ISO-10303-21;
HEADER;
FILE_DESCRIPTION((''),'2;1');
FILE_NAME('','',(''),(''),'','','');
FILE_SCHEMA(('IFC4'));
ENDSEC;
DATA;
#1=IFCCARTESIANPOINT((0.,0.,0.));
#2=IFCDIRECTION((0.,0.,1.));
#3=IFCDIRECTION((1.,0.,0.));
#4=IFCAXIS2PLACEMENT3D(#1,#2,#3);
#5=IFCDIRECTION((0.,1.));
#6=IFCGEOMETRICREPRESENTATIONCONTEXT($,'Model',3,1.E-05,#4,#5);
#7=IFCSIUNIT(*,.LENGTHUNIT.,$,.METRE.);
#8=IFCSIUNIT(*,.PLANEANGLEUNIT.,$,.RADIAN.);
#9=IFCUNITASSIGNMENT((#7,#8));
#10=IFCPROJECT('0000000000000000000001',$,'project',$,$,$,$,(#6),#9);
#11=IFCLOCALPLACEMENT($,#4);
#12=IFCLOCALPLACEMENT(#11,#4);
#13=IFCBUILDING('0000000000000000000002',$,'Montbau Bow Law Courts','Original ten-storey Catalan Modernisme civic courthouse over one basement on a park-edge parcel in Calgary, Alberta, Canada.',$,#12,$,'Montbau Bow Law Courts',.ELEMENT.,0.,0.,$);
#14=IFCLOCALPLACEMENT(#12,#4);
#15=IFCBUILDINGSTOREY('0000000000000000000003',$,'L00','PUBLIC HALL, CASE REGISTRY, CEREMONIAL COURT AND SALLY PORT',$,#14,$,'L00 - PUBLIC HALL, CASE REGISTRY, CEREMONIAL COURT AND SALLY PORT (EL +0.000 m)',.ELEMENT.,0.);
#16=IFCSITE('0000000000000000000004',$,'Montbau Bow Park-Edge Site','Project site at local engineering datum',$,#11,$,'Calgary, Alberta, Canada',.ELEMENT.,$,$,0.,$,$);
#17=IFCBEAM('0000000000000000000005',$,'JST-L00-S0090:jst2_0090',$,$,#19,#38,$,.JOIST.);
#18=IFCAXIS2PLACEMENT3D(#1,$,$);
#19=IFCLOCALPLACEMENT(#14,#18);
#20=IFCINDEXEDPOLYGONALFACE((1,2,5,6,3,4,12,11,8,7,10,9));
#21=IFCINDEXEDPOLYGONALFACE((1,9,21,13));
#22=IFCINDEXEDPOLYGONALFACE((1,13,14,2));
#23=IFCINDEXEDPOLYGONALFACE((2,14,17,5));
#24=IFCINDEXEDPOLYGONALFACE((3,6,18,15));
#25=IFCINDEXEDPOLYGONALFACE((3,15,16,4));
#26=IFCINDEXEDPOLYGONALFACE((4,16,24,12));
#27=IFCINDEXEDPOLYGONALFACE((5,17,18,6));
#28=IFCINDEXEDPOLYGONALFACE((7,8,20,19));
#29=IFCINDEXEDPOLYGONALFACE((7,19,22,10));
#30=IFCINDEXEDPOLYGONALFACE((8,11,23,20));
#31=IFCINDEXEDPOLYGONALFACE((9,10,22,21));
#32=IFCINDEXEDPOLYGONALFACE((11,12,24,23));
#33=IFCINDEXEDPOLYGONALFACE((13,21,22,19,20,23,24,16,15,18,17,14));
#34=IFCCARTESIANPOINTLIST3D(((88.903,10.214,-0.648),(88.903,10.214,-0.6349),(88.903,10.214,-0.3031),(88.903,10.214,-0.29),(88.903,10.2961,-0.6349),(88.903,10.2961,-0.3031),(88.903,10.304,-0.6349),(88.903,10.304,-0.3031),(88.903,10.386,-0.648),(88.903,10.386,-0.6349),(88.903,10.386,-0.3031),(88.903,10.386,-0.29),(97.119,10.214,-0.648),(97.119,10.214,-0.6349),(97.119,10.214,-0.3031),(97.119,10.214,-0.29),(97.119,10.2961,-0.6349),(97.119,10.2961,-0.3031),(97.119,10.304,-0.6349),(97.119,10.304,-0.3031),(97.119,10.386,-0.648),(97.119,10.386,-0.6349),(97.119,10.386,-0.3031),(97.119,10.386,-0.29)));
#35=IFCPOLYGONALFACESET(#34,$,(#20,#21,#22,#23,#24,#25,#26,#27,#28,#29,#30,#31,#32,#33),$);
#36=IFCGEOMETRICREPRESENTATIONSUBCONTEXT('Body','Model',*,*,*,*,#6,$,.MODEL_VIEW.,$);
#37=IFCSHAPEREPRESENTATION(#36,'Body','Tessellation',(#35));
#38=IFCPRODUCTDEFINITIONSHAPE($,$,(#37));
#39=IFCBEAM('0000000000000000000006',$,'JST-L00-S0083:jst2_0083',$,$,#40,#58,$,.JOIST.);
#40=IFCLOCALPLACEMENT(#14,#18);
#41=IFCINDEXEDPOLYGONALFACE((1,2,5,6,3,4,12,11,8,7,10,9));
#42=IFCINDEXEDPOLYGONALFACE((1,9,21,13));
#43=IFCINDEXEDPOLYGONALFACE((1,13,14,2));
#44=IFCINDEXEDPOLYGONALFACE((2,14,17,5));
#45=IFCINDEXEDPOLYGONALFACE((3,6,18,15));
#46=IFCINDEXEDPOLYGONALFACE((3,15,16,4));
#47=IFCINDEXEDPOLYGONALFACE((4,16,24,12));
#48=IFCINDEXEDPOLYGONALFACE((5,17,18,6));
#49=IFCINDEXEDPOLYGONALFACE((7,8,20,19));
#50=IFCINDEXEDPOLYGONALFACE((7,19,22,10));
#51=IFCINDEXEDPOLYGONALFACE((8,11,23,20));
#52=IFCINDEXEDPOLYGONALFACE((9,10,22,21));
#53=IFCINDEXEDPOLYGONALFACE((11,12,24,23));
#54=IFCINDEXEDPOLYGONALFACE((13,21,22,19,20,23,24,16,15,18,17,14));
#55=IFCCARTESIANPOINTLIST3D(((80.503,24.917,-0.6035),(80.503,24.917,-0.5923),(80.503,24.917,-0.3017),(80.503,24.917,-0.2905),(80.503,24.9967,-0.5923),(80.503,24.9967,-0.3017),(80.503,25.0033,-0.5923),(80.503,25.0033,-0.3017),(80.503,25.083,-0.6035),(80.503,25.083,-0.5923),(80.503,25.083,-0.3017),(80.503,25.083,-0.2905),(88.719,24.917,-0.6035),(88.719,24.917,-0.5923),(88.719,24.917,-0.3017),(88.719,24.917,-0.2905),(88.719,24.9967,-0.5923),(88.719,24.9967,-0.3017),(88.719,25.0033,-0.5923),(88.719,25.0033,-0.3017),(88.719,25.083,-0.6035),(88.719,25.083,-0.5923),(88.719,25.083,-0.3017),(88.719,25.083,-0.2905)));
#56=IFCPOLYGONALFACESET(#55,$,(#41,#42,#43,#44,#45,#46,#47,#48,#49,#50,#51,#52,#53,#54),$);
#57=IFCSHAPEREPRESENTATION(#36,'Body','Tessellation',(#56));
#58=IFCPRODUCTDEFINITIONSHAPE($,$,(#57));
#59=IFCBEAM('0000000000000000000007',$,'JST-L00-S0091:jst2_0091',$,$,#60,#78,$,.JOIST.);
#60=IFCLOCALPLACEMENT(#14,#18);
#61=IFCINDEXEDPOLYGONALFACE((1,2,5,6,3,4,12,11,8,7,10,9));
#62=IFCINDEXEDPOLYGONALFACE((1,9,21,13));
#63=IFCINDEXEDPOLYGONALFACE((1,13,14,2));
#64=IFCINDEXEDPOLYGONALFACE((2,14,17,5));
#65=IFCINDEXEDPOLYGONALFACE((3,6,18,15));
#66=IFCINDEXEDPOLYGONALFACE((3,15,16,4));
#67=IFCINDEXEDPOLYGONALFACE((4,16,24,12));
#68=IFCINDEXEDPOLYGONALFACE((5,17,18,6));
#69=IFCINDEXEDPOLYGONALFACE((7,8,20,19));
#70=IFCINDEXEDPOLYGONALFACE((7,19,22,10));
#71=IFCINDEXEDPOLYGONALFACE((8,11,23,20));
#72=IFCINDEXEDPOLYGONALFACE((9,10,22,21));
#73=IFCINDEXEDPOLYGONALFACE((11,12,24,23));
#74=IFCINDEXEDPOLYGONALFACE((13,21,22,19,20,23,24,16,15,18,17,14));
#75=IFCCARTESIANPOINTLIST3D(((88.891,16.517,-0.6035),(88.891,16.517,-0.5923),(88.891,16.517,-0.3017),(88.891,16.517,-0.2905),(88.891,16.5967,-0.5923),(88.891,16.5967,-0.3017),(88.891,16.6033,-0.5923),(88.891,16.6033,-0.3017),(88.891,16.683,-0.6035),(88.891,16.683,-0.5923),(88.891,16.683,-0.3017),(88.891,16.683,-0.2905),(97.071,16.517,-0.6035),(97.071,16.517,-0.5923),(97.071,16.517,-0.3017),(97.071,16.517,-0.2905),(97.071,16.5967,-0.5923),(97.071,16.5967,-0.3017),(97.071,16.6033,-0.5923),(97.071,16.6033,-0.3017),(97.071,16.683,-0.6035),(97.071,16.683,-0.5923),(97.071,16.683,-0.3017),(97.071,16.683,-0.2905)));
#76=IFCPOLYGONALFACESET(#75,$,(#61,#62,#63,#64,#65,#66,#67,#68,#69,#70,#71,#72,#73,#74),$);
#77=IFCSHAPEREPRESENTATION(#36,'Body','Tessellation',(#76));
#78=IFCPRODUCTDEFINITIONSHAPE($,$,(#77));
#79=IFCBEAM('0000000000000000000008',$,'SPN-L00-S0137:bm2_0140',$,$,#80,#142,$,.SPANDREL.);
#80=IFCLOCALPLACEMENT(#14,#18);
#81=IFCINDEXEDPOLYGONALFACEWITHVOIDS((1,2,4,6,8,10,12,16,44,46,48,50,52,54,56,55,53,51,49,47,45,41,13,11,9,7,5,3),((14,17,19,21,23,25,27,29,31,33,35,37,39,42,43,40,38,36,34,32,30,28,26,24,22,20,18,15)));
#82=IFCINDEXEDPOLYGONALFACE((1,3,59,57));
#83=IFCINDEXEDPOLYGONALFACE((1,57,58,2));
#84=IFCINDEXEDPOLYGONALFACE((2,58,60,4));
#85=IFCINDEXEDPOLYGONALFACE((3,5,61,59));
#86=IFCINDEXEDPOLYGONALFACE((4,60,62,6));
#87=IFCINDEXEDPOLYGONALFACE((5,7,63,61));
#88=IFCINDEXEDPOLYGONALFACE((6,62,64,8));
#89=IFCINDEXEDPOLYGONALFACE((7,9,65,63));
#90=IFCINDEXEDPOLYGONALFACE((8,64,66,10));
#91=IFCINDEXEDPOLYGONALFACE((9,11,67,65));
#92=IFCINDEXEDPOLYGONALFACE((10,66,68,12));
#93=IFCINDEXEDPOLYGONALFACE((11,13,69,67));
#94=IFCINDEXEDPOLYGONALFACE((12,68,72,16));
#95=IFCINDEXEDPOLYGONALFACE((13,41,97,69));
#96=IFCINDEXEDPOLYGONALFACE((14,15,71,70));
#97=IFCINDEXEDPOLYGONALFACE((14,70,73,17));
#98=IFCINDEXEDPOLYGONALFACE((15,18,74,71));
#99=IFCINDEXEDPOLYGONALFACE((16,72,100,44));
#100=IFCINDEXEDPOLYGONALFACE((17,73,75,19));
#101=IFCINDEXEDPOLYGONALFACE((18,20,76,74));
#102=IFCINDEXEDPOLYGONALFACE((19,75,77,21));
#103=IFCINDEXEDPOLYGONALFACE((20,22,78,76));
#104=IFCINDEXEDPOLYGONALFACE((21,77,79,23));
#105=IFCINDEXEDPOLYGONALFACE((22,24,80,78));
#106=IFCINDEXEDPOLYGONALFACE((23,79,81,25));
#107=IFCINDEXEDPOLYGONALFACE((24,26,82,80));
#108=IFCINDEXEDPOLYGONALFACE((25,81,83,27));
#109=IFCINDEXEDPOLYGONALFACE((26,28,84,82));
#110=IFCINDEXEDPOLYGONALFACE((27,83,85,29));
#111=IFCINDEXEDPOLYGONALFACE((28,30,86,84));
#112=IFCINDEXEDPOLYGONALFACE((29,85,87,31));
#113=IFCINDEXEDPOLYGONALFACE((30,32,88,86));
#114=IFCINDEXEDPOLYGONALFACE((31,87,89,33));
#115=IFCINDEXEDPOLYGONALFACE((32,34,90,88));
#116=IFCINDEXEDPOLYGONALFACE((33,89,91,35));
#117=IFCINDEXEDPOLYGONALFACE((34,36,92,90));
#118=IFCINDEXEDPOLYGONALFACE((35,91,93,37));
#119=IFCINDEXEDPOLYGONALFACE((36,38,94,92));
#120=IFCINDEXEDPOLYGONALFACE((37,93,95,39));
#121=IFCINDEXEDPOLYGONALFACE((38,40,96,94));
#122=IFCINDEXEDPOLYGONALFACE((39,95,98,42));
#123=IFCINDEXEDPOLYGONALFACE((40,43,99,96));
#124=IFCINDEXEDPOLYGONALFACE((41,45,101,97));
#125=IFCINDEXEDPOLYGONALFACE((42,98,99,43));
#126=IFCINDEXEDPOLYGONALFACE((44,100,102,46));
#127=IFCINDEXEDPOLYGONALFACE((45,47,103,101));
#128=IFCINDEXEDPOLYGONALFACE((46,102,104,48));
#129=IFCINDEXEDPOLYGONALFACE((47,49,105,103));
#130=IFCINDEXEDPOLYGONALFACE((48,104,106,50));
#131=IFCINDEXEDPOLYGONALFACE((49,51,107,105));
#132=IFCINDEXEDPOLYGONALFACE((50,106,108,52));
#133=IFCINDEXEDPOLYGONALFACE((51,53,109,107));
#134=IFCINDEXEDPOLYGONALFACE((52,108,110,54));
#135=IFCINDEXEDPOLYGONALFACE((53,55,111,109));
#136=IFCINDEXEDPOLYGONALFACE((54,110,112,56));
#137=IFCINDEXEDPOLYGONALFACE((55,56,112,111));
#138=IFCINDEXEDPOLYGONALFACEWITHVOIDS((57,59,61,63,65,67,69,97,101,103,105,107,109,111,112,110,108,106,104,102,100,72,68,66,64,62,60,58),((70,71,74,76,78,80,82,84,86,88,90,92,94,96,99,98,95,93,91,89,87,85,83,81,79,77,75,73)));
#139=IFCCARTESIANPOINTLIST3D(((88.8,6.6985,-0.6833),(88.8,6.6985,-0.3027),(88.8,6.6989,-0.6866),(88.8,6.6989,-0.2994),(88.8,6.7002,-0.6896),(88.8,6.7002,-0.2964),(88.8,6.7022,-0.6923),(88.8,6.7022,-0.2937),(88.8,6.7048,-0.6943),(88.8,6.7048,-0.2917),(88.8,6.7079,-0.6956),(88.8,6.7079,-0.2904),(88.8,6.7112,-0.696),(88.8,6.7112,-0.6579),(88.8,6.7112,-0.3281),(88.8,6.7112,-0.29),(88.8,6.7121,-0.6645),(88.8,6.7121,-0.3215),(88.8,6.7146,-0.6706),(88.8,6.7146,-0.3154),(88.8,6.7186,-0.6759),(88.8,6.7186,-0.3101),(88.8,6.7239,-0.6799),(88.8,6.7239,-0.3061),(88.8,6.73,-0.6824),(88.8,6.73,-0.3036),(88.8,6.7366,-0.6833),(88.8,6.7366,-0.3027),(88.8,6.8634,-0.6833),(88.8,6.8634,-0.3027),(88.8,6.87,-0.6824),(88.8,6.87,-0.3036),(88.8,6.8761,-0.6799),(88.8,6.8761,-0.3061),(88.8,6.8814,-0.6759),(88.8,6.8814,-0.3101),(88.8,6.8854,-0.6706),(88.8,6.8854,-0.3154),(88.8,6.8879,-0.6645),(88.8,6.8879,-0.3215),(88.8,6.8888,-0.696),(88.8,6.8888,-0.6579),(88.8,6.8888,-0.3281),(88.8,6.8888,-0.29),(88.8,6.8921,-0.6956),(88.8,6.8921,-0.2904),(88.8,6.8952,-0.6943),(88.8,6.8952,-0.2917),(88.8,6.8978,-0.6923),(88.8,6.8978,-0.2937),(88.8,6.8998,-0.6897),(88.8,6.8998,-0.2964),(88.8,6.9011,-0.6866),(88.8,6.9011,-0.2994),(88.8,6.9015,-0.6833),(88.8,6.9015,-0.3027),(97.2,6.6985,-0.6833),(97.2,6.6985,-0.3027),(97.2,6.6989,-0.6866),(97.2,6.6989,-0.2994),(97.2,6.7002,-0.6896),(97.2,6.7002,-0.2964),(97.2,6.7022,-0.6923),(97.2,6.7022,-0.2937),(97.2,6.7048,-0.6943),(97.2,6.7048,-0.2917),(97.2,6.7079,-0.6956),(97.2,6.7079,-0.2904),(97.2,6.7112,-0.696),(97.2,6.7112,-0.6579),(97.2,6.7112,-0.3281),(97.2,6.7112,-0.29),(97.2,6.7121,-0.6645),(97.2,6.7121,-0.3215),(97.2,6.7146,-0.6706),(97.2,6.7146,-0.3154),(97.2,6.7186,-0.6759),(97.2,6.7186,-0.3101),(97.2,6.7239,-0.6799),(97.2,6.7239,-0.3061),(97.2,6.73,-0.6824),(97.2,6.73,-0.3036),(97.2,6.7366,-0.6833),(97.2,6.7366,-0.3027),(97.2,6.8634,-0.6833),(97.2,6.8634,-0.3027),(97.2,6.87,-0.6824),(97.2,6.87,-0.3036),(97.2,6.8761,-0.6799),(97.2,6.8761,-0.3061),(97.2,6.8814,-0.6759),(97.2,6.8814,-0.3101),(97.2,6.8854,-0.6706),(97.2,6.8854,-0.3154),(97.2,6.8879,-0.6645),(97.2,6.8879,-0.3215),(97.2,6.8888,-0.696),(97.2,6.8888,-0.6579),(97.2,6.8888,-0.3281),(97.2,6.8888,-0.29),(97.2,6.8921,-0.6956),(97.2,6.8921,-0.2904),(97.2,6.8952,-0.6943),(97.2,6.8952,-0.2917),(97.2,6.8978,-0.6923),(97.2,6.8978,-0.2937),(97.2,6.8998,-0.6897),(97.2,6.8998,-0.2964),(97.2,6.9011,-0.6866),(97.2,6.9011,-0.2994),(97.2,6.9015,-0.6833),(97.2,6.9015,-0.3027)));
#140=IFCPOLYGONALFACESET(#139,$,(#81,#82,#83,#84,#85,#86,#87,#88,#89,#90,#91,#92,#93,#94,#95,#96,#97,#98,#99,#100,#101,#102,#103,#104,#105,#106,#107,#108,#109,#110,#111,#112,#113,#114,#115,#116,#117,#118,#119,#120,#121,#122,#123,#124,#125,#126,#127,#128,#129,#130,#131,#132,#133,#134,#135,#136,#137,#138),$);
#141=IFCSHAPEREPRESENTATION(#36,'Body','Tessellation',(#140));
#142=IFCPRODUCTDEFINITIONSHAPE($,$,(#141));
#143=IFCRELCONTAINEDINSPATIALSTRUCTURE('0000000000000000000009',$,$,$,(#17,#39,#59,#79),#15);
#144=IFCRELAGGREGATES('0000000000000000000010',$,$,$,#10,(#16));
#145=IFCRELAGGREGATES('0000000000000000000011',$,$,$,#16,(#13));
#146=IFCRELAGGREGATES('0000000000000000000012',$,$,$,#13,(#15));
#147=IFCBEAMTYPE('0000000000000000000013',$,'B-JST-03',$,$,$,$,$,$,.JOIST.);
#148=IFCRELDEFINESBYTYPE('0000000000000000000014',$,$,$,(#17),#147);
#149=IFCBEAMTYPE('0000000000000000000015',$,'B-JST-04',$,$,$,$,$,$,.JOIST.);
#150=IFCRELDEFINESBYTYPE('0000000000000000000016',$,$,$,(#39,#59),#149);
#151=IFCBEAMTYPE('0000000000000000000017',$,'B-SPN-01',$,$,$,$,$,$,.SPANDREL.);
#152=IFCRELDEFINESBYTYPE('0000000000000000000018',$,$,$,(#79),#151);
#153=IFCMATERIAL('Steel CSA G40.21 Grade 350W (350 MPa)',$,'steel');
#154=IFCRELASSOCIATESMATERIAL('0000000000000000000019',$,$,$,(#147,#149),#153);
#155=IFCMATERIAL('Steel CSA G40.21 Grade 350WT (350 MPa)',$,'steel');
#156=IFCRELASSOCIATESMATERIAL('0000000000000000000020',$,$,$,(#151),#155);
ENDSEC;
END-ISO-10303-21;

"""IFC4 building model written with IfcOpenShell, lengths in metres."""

from ifc_helpers import new_model, si_unit, direction, frame, origin_with_axes, origin_2d_with_axis, place, context, subcontext, project, spatial, hollow_rectangle, i_section, extrude, material, material_profile, profile_set, type_object, element, save


model = new_model("IFC4")

# Units and contexts
model_context = context("Model", 3, precision=1e-05, world=origin_with_axes(), true_north=direction((0.0, 1.0)))
body_context = subcontext(model_context, "Body", "Model", "MODEL_VIEW")
ifc_project = project(units=[si_unit("LENGTHUNIT", "METRE"), si_unit("PLANEANGLEUNIT", "RADIAN")], contexts=[model_context])

# Site, building, storey
site_placement = place(None, origin_with_axes())
site = spatial("IfcSite", under=ifc_project, at=site_placement, Name="Montbau Bow Park-Edge Site", Description="Project site at local engineering datum", LongName="Calgary, Alberta, Canada", CompositionType="ELEMENT", RefElevation=0.0)
building_placement = place(site_placement, origin_with_axes())
building = spatial("IfcBuilding", under=site, at=building_placement, Name="Montbau Bow Law Courts", Description="Original ten-storey Catalan Modernisme civic courthouse over one basement on a park-edge parcel in Calgary, Alberta, Canada.", LongName="Montbau Bow Law Courts", CompositionType="ELEMENT", ElevationOfRefHeight=0.0, ElevationOfTerrain=0.0)
storey_placement = place(building_placement, origin_with_axes())
storey = spatial("IfcBuildingStorey", under=building, at=storey_placement, Name="L00", Description="PUBLIC HALL, CASE REGISTRY, CEREMONIAL COURT AND SALLY PORT", LongName="L00 - PUBLIC HALL, CASE REGISTRY, CEREMONIAL COURT AND SALLY PORT (EL +0.000 m)", CompositionType="ELEMENT", Elevation=0.0)

# Beams
ifc_material_1 = material(Name="Steel CSA G40.21 Grade 350W (350 MPa)", Category="steel")
ifc_material_profile_1 = material_profile(ifc_material_1, i_section(OverallWidth=0.172, OverallDepth=0.358, WebThickness=0.0079, FlangeThickness=0.0131, at=origin_2d_with_axis()), Name="W360X57", Category="Main", Priority=0)
ifc_profile_set_1 = profile_set([ifc_material_profile_1], Name="Steel CSA G40.21 Grade 350W (350 MPa)")
beam_type_1 = type_object("IfcBeamType", Name="B-JST-03", PredefinedType="JOIST", material=ifc_profile_set_1)
beam_1_placement = place(None, frame((88.903, 10.3, -0.469), z_axis=(1.0, 0.0, 0.0), x_axis=(0.0, 1.0, 0.0)))
element("IfcBeam", 1, at=beam_1_placement, inside=storey, type_object=beam_type_1, Name="JST-L00-S0090:jst2_0090", PredefinedType="JOIST", context=body_context, shape_type="SweptSolid", body=[
    extrude(i_section(OverallWidth=0.172, OverallDepth=0.358, WebThickness=0.0079, FlangeThickness=0.0131, at=origin_2d_with_axis()), origin_with_axes(), (0.0, 0.0, 1.0), 8.216),
])
ifc_material_profile_2 = material_profile(ifc_material_1, i_section(OverallWidth=0.166, OverallDepth=0.313, WebThickness=0.0066, FlangeThickness=0.0112, at=origin_2d_with_axis()), Name="W310X45", Category="Main", Priority=0)
ifc_profile_set_2 = profile_set([ifc_material_profile_2], Name="Steel CSA G40.21 Grade 350W (350 MPa)")
beam_type_2 = type_object("IfcBeamType", Name="B-JST-04", PredefinedType="JOIST", material=ifc_profile_set_2)
beam_2_placement = place(None, frame((80.503, 25.0, -0.447), z_axis=(1.0, 0.0, 0.0), x_axis=(0.0, 1.0, 0.0)))
element("IfcBeam", 2, at=beam_2_placement, inside=storey, type_object=beam_type_2, Name="JST-L00-S0083:jst2_0083", PredefinedType="JOIST", context=body_context, shape_type="SweptSolid", body=[
    extrude(i_section(OverallWidth=0.166, OverallDepth=0.313, WebThickness=0.0066, FlangeThickness=0.0112, at=origin_2d_with_axis()), origin_with_axes(), (0.0, 0.0, 1.0), 8.216),
])
beam_3_placement = place(None, frame((88.891, 16.6, -0.447), z_axis=(1.0, 0.0, 0.0), x_axis=(0.0, 1.0, 0.0)))
element("IfcBeam", 3, at=beam_3_placement, inside=storey, type_object=beam_type_2, Name="JST-L00-S0091:jst2_0091", PredefinedType="JOIST", context=body_context, shape_type="SweptSolid", body=[
    extrude(i_section(OverallWidth=0.166, OverallDepth=0.313, WebThickness=0.0066, FlangeThickness=0.0112, at=origin_2d_with_axis()), origin_with_axes(), (0.0, 0.0, 1.0), 8.18),
])
ifc_material_2 = material(Name="Steel CSA G40.21 Grade 350WT (350 MPa)", Category="steel")
ifc_material_profile_3 = material_profile(ifc_material_2, hollow_rectangle(XDim=0.203, YDim=0.406, WallThickness=0.0127, InnerFilletRadius=0.0254, OuterFilletRadius=0.0127, at=origin_2d_with_axis()), Name="HSS406X203X13", Category="Main", Priority=0)
ifc_profile_set_3 = profile_set([ifc_material_profile_3], Name="Steel CSA G40.21 Grade 350WT (350 MPa)")
beam_type_3 = type_object("IfcBeamType", Name="B-SPN-01", PredefinedType="SPANDREL", material=ifc_profile_set_3)
beam_4_placement = place(None, frame((88.8, 6.8, -0.493), z_axis=(1.0, 0.0, 0.0), x_axis=(0.0, 1.0, 0.0)))
element("IfcBeam", 4, at=beam_4_placement, inside=storey, type_object=beam_type_3, Name="SPN-L00-S0137:bm2_0140", PredefinedType="SPANDREL", context=body_context, shape_type="SweptSolid", body=[
    extrude(hollow_rectangle(XDim=0.203, YDim=0.406, WallThickness=0.0127, InnerFilletRadius=0.0254, OuterFilletRadius=0.0127, at=origin_2d_with_axis()), origin_with_axes(), (0.0, 0.0, 1.0), 8.4),
])

save(model, "model.ifc")
